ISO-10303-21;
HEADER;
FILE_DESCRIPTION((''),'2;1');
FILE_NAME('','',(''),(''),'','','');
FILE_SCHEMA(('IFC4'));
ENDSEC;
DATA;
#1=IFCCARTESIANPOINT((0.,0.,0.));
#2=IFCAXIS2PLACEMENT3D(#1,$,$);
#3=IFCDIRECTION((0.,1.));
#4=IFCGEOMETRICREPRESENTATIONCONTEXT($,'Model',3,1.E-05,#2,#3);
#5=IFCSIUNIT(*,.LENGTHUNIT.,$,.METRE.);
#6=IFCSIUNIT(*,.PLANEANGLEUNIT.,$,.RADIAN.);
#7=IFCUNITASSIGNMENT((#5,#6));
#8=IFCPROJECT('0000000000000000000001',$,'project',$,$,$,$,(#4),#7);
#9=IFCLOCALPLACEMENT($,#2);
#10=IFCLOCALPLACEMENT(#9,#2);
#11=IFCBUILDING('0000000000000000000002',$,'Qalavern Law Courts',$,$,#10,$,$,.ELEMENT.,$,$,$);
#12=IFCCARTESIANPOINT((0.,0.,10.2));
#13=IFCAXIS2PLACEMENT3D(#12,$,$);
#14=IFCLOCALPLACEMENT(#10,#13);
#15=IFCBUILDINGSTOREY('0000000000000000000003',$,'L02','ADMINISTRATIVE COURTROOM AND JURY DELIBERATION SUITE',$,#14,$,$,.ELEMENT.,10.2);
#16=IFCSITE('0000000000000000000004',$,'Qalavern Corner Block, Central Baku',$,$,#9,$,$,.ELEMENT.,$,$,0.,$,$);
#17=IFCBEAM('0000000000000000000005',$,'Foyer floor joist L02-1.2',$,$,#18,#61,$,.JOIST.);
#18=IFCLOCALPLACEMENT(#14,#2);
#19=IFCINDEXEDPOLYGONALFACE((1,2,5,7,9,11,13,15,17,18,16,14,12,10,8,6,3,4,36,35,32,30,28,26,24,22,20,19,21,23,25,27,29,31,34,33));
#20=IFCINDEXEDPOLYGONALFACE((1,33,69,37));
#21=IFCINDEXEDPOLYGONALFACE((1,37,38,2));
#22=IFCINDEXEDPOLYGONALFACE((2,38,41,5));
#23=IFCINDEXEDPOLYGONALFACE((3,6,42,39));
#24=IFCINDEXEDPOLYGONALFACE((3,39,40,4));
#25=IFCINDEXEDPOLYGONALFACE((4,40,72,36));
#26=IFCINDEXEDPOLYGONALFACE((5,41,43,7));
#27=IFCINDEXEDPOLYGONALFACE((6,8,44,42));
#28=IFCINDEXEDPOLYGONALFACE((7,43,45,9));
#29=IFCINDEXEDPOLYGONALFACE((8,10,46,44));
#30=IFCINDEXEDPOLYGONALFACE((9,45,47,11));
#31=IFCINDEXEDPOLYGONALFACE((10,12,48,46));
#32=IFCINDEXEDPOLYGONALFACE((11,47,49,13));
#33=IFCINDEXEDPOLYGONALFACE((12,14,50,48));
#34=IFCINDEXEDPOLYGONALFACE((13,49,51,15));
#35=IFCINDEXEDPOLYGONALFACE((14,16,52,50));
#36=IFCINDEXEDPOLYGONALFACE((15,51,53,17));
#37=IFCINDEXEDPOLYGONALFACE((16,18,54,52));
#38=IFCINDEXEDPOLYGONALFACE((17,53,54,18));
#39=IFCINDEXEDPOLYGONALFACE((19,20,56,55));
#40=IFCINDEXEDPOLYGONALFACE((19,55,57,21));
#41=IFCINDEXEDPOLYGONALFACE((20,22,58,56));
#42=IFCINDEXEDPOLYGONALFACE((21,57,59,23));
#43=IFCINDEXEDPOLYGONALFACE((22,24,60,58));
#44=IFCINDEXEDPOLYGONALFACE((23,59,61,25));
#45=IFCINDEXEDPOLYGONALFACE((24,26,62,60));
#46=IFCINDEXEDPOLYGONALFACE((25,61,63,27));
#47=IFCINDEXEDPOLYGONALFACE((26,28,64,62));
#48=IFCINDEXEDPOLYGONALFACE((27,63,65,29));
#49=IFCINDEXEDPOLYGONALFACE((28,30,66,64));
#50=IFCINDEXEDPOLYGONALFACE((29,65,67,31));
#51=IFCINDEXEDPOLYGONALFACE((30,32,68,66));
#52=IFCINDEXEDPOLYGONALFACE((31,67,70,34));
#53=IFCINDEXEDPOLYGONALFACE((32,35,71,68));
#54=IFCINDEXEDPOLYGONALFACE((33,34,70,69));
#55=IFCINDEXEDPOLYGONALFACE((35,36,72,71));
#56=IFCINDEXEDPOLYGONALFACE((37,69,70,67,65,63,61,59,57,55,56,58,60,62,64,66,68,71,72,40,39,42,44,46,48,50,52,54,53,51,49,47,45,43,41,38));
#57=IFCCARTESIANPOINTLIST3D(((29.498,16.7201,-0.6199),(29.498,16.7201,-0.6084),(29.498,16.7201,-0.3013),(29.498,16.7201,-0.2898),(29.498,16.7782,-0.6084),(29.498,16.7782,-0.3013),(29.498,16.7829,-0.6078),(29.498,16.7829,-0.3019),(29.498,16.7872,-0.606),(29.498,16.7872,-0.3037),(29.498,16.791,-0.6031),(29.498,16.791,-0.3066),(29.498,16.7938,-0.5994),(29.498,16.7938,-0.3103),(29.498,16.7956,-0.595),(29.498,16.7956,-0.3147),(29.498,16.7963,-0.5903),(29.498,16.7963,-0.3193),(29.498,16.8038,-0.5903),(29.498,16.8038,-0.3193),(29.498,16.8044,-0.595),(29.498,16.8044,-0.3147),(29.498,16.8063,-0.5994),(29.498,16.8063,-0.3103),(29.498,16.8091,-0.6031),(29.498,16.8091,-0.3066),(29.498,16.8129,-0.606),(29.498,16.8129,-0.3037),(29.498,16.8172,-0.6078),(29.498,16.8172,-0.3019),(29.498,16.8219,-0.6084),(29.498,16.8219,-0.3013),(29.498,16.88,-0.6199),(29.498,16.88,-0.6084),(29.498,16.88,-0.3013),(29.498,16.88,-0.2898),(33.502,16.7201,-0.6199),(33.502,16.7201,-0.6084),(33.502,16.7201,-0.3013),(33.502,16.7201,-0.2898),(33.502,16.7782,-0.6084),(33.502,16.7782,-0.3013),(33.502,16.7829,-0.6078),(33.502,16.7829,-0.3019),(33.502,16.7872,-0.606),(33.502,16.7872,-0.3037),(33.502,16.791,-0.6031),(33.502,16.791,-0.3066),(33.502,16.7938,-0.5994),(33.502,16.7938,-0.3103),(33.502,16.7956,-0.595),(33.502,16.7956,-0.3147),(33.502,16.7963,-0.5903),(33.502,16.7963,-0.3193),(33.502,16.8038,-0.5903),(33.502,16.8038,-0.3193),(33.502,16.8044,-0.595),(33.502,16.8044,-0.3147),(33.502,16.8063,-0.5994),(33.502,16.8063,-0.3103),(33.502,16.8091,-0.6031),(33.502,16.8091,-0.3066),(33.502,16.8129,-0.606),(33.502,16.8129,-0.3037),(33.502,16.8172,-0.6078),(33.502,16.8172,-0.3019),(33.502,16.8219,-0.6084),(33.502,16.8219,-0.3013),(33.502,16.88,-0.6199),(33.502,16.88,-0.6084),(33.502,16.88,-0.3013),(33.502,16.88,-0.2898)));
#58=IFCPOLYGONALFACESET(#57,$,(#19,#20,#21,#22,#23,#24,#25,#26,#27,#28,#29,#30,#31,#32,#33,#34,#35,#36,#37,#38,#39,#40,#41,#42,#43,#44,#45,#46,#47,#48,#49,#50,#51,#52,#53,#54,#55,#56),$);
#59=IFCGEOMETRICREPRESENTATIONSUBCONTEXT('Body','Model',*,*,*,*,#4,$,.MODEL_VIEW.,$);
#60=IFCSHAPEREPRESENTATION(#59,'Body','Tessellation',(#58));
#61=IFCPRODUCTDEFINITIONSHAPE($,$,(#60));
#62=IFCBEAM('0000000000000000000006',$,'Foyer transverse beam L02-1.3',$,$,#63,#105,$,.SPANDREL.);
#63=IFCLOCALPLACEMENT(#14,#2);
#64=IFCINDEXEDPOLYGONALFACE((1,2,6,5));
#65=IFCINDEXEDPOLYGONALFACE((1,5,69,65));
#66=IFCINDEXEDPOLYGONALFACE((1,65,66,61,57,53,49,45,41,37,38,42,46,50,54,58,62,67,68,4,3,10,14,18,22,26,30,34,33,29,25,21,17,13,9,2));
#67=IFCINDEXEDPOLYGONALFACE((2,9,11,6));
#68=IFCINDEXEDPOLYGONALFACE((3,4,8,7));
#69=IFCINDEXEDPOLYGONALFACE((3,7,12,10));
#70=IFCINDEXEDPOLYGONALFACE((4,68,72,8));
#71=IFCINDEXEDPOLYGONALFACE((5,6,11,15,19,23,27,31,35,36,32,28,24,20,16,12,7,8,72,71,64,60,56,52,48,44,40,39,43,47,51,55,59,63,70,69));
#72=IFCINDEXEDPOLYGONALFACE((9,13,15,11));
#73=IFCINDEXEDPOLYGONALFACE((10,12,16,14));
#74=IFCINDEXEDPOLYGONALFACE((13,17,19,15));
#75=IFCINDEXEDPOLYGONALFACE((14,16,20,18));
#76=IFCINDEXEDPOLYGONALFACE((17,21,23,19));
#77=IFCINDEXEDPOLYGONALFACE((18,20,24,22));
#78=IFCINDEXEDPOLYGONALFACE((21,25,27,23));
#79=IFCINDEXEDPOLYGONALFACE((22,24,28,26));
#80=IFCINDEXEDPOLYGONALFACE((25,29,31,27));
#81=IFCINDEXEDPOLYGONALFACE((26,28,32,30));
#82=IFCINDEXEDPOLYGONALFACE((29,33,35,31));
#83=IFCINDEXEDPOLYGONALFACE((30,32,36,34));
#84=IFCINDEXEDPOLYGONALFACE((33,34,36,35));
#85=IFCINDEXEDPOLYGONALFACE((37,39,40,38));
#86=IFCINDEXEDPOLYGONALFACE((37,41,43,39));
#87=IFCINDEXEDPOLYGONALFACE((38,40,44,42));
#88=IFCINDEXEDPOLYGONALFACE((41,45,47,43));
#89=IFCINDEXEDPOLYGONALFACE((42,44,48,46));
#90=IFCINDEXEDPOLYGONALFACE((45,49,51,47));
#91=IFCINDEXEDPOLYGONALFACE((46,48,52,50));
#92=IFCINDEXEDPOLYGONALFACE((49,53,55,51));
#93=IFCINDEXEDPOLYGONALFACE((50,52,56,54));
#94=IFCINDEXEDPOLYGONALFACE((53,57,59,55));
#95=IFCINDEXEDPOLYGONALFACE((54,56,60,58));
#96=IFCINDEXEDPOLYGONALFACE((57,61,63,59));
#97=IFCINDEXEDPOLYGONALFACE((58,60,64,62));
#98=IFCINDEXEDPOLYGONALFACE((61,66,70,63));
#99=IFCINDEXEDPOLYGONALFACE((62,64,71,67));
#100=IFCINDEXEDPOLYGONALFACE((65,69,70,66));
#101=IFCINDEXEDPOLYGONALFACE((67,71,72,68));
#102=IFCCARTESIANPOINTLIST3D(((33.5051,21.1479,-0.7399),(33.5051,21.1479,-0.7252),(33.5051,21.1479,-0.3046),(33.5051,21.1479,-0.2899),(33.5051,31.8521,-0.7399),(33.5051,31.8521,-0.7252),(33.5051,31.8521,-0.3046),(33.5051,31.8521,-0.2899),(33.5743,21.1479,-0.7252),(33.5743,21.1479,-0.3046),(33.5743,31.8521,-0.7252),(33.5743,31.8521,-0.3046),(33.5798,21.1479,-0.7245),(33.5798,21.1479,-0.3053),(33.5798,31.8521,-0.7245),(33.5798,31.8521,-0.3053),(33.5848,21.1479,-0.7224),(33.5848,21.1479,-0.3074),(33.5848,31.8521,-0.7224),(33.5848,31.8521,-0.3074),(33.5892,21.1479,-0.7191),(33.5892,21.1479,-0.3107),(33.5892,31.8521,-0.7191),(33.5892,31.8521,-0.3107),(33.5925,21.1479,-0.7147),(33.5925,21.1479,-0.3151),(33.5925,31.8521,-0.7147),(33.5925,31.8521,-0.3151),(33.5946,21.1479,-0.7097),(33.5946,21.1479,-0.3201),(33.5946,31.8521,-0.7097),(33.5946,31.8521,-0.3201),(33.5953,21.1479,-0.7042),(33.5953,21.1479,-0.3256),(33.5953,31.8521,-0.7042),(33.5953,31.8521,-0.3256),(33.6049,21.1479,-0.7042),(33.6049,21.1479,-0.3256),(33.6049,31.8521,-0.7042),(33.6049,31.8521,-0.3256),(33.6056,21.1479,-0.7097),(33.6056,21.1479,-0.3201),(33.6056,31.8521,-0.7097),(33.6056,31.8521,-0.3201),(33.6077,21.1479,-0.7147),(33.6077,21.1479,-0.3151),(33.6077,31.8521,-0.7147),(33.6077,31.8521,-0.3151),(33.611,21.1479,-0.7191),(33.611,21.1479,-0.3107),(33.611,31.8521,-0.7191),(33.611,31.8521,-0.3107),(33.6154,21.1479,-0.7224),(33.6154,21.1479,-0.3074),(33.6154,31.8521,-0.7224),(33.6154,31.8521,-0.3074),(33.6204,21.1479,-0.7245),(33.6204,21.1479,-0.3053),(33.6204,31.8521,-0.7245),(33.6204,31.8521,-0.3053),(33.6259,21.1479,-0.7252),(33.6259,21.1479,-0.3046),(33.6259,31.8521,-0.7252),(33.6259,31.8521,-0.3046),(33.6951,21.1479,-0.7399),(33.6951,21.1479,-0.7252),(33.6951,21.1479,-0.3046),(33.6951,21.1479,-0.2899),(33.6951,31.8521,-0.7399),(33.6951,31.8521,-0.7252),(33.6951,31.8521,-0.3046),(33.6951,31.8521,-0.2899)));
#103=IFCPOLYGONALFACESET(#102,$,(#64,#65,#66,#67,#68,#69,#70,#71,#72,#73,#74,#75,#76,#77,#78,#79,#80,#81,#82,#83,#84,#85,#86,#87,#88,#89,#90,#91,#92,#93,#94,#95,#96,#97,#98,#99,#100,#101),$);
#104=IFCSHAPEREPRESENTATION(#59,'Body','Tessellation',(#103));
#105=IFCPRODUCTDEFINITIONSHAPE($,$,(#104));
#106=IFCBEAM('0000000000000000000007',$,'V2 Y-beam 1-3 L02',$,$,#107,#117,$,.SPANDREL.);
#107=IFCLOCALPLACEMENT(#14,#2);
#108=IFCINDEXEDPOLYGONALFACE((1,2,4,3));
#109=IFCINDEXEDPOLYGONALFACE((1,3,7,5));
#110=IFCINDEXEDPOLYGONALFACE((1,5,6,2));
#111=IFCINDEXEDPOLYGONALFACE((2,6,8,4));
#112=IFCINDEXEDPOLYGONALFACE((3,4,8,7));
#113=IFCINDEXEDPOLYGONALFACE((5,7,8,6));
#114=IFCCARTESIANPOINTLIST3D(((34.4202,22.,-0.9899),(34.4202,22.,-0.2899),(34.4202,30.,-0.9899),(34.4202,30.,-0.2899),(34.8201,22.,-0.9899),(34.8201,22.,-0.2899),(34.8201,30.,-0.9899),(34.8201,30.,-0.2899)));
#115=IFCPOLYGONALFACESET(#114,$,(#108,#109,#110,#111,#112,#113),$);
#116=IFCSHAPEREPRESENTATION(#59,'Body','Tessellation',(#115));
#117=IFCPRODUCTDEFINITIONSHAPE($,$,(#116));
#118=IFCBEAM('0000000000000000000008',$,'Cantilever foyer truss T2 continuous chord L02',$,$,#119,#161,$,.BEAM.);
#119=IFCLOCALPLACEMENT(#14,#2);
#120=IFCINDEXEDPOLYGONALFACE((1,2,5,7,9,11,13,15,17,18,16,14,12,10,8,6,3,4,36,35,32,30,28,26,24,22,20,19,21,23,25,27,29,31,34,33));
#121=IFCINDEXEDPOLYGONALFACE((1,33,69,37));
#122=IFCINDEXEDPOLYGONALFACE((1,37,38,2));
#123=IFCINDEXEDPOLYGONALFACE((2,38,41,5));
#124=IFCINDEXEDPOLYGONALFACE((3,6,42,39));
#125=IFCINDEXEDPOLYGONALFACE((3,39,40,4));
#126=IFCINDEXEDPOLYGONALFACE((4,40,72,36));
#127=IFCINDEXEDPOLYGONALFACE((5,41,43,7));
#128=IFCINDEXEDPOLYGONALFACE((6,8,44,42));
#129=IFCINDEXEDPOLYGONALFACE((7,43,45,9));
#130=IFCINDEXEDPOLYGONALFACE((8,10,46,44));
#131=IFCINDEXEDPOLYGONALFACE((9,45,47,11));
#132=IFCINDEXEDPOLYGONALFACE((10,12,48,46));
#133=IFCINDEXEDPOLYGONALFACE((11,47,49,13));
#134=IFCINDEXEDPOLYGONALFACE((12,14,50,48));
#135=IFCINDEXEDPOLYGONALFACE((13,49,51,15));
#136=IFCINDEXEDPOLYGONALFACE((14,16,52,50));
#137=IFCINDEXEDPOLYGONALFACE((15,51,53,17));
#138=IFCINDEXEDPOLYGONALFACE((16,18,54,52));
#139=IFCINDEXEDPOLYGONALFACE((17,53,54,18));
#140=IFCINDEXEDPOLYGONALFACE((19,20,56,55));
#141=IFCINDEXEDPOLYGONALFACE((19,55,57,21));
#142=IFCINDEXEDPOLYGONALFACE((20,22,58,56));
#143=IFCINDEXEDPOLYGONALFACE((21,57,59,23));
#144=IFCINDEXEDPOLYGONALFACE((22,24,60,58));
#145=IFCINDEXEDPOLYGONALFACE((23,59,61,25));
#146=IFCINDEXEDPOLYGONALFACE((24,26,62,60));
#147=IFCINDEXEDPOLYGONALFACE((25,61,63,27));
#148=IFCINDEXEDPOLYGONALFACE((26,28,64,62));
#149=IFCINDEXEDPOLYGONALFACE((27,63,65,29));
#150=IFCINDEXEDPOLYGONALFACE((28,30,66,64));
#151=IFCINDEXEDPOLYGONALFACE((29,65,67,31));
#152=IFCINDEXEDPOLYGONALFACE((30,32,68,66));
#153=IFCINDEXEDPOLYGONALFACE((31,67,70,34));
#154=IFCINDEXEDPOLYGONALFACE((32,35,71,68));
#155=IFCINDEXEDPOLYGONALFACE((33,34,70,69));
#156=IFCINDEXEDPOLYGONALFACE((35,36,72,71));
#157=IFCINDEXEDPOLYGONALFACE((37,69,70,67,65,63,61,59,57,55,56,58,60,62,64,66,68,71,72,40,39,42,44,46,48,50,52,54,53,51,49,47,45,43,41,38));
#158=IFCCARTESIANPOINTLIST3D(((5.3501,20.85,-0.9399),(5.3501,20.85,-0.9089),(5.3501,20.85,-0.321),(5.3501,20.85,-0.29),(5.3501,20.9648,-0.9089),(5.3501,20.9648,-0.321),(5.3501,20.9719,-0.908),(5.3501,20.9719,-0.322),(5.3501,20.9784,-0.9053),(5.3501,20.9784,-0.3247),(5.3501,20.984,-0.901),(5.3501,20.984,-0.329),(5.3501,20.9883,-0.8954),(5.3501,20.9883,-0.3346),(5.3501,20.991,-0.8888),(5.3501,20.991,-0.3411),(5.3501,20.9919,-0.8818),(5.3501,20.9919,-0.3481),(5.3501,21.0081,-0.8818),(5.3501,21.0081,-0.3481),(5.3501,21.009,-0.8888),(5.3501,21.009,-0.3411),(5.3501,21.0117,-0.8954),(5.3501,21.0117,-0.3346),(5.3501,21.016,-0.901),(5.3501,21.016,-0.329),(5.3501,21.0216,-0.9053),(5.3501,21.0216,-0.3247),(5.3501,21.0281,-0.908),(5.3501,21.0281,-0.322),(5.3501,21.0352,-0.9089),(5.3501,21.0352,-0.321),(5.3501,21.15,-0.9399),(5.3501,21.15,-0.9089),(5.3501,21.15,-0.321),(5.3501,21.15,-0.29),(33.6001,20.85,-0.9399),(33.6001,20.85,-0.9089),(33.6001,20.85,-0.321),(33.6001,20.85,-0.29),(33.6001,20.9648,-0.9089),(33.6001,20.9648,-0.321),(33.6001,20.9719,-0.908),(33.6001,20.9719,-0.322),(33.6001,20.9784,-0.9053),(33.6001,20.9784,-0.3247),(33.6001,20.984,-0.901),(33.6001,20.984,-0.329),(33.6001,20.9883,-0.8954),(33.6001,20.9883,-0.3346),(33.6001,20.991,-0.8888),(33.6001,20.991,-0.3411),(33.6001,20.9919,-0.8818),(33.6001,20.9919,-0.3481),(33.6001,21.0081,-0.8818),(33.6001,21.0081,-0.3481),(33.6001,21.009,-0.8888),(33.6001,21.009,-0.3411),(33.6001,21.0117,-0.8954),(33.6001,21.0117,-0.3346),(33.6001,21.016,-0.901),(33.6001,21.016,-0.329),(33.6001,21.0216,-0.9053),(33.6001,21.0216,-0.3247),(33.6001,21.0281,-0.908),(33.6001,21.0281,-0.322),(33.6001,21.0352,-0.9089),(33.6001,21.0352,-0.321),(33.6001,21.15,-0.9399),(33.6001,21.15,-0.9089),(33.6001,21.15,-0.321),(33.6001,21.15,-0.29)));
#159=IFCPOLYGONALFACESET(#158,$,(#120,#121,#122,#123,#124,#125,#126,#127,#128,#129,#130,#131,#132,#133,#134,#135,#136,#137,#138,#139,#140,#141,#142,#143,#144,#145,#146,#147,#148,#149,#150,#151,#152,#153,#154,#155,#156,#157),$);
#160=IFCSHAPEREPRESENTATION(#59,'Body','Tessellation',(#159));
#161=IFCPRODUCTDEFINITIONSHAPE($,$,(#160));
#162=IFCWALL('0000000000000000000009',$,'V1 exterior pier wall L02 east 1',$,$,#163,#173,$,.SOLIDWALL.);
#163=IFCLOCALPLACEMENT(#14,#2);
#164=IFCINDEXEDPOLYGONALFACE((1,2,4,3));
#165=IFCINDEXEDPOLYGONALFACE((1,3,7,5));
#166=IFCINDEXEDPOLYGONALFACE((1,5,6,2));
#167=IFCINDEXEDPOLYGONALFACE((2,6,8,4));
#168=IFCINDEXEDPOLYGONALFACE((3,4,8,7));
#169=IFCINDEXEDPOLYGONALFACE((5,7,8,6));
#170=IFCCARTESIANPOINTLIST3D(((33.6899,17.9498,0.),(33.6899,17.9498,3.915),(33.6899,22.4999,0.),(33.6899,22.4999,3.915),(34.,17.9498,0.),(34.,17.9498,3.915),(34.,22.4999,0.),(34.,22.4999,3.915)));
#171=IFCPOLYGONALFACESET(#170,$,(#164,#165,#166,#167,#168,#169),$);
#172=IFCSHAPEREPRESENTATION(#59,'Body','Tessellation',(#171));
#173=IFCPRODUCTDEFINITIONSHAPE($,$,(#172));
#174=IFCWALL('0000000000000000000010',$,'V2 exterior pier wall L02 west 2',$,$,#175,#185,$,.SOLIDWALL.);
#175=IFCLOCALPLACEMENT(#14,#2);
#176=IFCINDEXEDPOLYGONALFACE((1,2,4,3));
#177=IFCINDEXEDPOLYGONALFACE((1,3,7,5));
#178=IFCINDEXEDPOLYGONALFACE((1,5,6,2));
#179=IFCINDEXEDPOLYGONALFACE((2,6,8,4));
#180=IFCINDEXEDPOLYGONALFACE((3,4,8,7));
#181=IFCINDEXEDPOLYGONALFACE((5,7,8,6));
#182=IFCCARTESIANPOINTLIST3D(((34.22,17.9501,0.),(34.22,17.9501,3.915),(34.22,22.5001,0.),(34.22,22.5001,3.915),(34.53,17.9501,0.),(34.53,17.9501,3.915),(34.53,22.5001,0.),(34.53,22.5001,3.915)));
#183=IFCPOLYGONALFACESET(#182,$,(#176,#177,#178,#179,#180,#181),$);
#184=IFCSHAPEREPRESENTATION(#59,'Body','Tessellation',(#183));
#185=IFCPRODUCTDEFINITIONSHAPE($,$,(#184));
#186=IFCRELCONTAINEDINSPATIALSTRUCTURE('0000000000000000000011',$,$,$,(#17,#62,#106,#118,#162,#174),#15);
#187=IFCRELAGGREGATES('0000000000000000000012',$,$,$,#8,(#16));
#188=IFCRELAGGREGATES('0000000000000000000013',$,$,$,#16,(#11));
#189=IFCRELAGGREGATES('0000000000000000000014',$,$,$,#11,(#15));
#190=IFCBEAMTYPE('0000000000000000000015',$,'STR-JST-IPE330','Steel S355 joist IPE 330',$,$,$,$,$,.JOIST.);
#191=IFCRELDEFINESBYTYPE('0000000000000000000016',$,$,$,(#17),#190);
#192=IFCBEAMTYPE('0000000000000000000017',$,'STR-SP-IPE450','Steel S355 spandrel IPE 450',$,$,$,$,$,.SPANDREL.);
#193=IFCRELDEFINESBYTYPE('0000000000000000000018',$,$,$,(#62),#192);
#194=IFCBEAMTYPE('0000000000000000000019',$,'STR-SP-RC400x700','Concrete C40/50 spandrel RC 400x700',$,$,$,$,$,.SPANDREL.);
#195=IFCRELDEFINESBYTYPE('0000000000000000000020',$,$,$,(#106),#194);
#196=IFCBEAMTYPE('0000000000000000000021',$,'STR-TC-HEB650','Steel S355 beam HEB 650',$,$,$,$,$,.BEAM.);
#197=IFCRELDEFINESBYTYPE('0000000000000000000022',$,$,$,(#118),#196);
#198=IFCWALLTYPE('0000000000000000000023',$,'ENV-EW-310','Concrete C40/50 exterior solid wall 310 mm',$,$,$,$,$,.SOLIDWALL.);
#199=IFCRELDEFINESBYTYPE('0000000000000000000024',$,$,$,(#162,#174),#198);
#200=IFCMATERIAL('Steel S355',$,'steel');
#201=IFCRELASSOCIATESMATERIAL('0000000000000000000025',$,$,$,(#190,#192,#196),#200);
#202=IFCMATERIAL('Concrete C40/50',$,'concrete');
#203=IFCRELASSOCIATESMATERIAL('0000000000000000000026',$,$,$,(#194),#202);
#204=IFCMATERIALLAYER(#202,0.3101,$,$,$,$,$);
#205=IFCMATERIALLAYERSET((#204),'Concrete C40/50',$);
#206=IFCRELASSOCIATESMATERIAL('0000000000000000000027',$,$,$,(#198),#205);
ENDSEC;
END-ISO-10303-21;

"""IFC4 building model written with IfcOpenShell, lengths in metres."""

from ifc_helpers import new_model, si_unit, direction, frame, frame_2d, origin, origin_2d, place, context, subcontext, project, spatial, rectangle, i_section, extrude, material, layer, layer_set, material_profile, profile_set, type_object, element, save


model = new_model("IFC4")

# Units and contexts
model_context = context("Model", 3, precision=1e-05, world=origin(), true_north=direction((0.0, 1.0)))
body_context = subcontext(model_context, "Body", "Model", "MODEL_VIEW")
ifc_project = project(units=[si_unit("LENGTHUNIT", "METRE"), si_unit("PLANEANGLEUNIT", "RADIAN")], contexts=[model_context])

# Site, building, storey
site_placement = place(None, origin())
site = spatial("IfcSite", under=ifc_project, at=site_placement, Name="Qalavern Corner Block, Central Baku", CompositionType="ELEMENT", RefElevation=0.0)
building_placement = place(site_placement, origin())
building = spatial("IfcBuilding", under=site, at=building_placement, Name="Qalavern Law Courts", CompositionType="ELEMENT")
storey_placement = place(building_placement, frame((0.0, 0.0, 10.2)))
storey = spatial("IfcBuildingStorey", under=building, at=storey_placement, Name="L02", Description="ADMINISTRATIVE COURTROOM AND JURY DELIBERATION SUITE", CompositionType="ELEMENT", Elevation=10.2)

# Shared definitions
ifc_material_1 = material(Name="Steel S355", Category="steel")
ifc_material_2 = material(Name="Concrete C40/50", Category="concrete")

# Beams
ifc_material_profile_1 = material_profile(ifc_material_1, i_section(OverallWidth=0.1599, OverallDepth=0.3301, WebThickness=0.0076, FlangeThickness=0.0115, FilletRadius=0.0181, at=origin_2d()), Name="IPE 330")
ifc_profile_set_1 = profile_set([ifc_material_profile_1], Name="Steel S355")
beam_type_1 = type_object("IfcBeamType", Name="STR-JST-IPE330", Description="Steel S355 joist IPE 330", PredefinedType="JOIST", material=ifc_profile_set_1)
beam_1_placement = place(storey_placement, frame((29.498, 16.8, -0.4548), z_axis=(1.0, 0.0, 0.0), x_axis=(0.0, 1.0, 0.0)))
element("IfcBeam", 1, at=beam_1_placement, inside=storey, type_object=beam_type_1, Name="Foyer floor joist L02-1.2", PredefinedType="JOIST", context=body_context, shape_type="SweptSolid", body=[
    extrude(i_section(OverallWidth=0.1599, OverallDepth=0.3301, WebThickness=0.0076, FlangeThickness=0.0115, FilletRadius=0.0181, at=origin_2d()), origin(), (0.0, 0.0, 1.0), 4.0039),
])
ifc_material_profile_2 = material_profile(ifc_material_1, i_section(OverallWidth=0.1899, OverallDepth=0.45, WebThickness=0.0095, FlangeThickness=0.0146, FilletRadius=0.021, at=origin_2d()), Name="IPE 450")
ifc_profile_set_2 = profile_set([ifc_material_profile_2], Name="Steel S355")
beam_type_2 = type_object("IfcBeamType", Name="STR-SP-IPE450", Description="Steel S355 spandrel IPE 450", PredefinedType="SPANDREL", material=ifc_profile_set_2)
beam_2_placement = place(storey_placement, frame((33.6001, 21.1479, -0.5149), z_axis=(0.0, 1.0, 0.0), x_axis=(-1.0, 0.0, 0.0)))
element("IfcBeam", 2, at=beam_2_placement, inside=storey, type_object=beam_type_2, Name="Foyer transverse beam L02-1.3", PredefinedType="SPANDREL", context=body_context, shape_type="SweptSolid", body=[
    extrude(i_section(OverallWidth=0.1899, OverallDepth=0.45, WebThickness=0.0095, FlangeThickness=0.0146, FilletRadius=0.021, at=origin_2d()), origin(), (0.0, 0.0, 1.0), 10.7041),
])
ifc_material_profile_3 = material_profile(ifc_material_2, rectangle(XDim=0.3999, YDim=0.7, at=origin_2d()), Name="RC 400x700")
ifc_profile_set_3 = profile_set([ifc_material_profile_3], Name="Concrete C40/50")
beam_type_3 = type_object("IfcBeamType", Name="STR-SP-RC400x700", Description="Concrete C40/50 spandrel RC 400x700", PredefinedType="SPANDREL", material=ifc_profile_set_3)
beam_3_placement = place(storey_placement, frame((34.6201, 22.0, -0.6399), z_axis=(0.0, 1.0, 0.0), x_axis=(-1.0, 0.0, 0.0)))
element("IfcBeam", 3, at=beam_3_placement, inside=storey, type_object=beam_type_3, Name="V2 Y-beam 1-3 L02", PredefinedType="SPANDREL", context=body_context, shape_type="SweptSolid", body=[
    extrude(rectangle(XDim=0.3999, YDim=0.7, at=origin_2d()), origin(), (0.0, 0.0, 1.0), 8.0),
])
ifc_material_profile_4 = material_profile(ifc_material_1, i_section(OverallWidth=0.3, OverallDepth=0.6499, WebThickness=0.0161, FlangeThickness=0.031, FilletRadius=0.0271, at=origin_2d()), Name="HEB 650")
ifc_profile_set_4 = profile_set([ifc_material_profile_4], Name="Steel S355")
beam_type_4 = type_object("IfcBeamType", Name="STR-TC-HEB650", Description="Steel S355 beam HEB 650", PredefinedType="BEAM", material=ifc_profile_set_4)
beam_4_placement = place(storey_placement, frame((33.6001, 21.0, -0.615), z_axis=(-1.0, 0.0, 0.0), x_axis=(0.0, -1.0, 0.0)))
element("IfcBeam", 4, at=beam_4_placement, inside=storey, type_object=beam_type_4, Name="Cantilever foyer truss T2 continuous chord L02", PredefinedType="BEAM", context=body_context, shape_type="SweptSolid", body=[
    extrude(i_section(OverallWidth=0.3, OverallDepth=0.6499, WebThickness=0.0161, FlangeThickness=0.031, FilletRadius=0.0271, at=origin_2d()), origin(), (0.0, 0.0, 1.0), 28.25),
])

# Walls
ifc_layer_1 = layer(ifc_material_2, 0.3101)
ifc_layer_set_1 = layer_set([ifc_layer_1], Name="Concrete C40/50")
wall_type_1 = type_object("IfcWallType", Name="ENV-EW-310", Description="Concrete C40/50 exterior solid wall 310 mm", PredefinedType="SOLIDWALL", material=ifc_layer_set_1)
for number, where, z_axis, x_axis, name in (
    (5, (33.845, 17.95, 0.0), (0.0, 0.0, 1.0), (0.0, 1.0, 0.0), "V1 exterior pier wall L02 east 1"),
    (6, (34.375, 22.5, 0.0), (0.0, 0.0, 1.0), (0.0, -1.0, 0.0), "V2 exterior pier wall L02 west 2"),
):
    element("IfcWall", number, at=place(storey_placement, frame(where, z_axis=z_axis, x_axis=x_axis)), inside=storey, type_object=wall_type_1, Name=name, PredefinedType="SOLIDWALL", context=body_context, shape_type="SweptSolid", body=[
        extrude(rectangle(XDim=4.55, YDim=0.3101, at=frame_2d((2.2749, 0.0))), origin(), (0.0, 0.0, 1.0), 3.915),
    ])

save(model, "model.ifc")
